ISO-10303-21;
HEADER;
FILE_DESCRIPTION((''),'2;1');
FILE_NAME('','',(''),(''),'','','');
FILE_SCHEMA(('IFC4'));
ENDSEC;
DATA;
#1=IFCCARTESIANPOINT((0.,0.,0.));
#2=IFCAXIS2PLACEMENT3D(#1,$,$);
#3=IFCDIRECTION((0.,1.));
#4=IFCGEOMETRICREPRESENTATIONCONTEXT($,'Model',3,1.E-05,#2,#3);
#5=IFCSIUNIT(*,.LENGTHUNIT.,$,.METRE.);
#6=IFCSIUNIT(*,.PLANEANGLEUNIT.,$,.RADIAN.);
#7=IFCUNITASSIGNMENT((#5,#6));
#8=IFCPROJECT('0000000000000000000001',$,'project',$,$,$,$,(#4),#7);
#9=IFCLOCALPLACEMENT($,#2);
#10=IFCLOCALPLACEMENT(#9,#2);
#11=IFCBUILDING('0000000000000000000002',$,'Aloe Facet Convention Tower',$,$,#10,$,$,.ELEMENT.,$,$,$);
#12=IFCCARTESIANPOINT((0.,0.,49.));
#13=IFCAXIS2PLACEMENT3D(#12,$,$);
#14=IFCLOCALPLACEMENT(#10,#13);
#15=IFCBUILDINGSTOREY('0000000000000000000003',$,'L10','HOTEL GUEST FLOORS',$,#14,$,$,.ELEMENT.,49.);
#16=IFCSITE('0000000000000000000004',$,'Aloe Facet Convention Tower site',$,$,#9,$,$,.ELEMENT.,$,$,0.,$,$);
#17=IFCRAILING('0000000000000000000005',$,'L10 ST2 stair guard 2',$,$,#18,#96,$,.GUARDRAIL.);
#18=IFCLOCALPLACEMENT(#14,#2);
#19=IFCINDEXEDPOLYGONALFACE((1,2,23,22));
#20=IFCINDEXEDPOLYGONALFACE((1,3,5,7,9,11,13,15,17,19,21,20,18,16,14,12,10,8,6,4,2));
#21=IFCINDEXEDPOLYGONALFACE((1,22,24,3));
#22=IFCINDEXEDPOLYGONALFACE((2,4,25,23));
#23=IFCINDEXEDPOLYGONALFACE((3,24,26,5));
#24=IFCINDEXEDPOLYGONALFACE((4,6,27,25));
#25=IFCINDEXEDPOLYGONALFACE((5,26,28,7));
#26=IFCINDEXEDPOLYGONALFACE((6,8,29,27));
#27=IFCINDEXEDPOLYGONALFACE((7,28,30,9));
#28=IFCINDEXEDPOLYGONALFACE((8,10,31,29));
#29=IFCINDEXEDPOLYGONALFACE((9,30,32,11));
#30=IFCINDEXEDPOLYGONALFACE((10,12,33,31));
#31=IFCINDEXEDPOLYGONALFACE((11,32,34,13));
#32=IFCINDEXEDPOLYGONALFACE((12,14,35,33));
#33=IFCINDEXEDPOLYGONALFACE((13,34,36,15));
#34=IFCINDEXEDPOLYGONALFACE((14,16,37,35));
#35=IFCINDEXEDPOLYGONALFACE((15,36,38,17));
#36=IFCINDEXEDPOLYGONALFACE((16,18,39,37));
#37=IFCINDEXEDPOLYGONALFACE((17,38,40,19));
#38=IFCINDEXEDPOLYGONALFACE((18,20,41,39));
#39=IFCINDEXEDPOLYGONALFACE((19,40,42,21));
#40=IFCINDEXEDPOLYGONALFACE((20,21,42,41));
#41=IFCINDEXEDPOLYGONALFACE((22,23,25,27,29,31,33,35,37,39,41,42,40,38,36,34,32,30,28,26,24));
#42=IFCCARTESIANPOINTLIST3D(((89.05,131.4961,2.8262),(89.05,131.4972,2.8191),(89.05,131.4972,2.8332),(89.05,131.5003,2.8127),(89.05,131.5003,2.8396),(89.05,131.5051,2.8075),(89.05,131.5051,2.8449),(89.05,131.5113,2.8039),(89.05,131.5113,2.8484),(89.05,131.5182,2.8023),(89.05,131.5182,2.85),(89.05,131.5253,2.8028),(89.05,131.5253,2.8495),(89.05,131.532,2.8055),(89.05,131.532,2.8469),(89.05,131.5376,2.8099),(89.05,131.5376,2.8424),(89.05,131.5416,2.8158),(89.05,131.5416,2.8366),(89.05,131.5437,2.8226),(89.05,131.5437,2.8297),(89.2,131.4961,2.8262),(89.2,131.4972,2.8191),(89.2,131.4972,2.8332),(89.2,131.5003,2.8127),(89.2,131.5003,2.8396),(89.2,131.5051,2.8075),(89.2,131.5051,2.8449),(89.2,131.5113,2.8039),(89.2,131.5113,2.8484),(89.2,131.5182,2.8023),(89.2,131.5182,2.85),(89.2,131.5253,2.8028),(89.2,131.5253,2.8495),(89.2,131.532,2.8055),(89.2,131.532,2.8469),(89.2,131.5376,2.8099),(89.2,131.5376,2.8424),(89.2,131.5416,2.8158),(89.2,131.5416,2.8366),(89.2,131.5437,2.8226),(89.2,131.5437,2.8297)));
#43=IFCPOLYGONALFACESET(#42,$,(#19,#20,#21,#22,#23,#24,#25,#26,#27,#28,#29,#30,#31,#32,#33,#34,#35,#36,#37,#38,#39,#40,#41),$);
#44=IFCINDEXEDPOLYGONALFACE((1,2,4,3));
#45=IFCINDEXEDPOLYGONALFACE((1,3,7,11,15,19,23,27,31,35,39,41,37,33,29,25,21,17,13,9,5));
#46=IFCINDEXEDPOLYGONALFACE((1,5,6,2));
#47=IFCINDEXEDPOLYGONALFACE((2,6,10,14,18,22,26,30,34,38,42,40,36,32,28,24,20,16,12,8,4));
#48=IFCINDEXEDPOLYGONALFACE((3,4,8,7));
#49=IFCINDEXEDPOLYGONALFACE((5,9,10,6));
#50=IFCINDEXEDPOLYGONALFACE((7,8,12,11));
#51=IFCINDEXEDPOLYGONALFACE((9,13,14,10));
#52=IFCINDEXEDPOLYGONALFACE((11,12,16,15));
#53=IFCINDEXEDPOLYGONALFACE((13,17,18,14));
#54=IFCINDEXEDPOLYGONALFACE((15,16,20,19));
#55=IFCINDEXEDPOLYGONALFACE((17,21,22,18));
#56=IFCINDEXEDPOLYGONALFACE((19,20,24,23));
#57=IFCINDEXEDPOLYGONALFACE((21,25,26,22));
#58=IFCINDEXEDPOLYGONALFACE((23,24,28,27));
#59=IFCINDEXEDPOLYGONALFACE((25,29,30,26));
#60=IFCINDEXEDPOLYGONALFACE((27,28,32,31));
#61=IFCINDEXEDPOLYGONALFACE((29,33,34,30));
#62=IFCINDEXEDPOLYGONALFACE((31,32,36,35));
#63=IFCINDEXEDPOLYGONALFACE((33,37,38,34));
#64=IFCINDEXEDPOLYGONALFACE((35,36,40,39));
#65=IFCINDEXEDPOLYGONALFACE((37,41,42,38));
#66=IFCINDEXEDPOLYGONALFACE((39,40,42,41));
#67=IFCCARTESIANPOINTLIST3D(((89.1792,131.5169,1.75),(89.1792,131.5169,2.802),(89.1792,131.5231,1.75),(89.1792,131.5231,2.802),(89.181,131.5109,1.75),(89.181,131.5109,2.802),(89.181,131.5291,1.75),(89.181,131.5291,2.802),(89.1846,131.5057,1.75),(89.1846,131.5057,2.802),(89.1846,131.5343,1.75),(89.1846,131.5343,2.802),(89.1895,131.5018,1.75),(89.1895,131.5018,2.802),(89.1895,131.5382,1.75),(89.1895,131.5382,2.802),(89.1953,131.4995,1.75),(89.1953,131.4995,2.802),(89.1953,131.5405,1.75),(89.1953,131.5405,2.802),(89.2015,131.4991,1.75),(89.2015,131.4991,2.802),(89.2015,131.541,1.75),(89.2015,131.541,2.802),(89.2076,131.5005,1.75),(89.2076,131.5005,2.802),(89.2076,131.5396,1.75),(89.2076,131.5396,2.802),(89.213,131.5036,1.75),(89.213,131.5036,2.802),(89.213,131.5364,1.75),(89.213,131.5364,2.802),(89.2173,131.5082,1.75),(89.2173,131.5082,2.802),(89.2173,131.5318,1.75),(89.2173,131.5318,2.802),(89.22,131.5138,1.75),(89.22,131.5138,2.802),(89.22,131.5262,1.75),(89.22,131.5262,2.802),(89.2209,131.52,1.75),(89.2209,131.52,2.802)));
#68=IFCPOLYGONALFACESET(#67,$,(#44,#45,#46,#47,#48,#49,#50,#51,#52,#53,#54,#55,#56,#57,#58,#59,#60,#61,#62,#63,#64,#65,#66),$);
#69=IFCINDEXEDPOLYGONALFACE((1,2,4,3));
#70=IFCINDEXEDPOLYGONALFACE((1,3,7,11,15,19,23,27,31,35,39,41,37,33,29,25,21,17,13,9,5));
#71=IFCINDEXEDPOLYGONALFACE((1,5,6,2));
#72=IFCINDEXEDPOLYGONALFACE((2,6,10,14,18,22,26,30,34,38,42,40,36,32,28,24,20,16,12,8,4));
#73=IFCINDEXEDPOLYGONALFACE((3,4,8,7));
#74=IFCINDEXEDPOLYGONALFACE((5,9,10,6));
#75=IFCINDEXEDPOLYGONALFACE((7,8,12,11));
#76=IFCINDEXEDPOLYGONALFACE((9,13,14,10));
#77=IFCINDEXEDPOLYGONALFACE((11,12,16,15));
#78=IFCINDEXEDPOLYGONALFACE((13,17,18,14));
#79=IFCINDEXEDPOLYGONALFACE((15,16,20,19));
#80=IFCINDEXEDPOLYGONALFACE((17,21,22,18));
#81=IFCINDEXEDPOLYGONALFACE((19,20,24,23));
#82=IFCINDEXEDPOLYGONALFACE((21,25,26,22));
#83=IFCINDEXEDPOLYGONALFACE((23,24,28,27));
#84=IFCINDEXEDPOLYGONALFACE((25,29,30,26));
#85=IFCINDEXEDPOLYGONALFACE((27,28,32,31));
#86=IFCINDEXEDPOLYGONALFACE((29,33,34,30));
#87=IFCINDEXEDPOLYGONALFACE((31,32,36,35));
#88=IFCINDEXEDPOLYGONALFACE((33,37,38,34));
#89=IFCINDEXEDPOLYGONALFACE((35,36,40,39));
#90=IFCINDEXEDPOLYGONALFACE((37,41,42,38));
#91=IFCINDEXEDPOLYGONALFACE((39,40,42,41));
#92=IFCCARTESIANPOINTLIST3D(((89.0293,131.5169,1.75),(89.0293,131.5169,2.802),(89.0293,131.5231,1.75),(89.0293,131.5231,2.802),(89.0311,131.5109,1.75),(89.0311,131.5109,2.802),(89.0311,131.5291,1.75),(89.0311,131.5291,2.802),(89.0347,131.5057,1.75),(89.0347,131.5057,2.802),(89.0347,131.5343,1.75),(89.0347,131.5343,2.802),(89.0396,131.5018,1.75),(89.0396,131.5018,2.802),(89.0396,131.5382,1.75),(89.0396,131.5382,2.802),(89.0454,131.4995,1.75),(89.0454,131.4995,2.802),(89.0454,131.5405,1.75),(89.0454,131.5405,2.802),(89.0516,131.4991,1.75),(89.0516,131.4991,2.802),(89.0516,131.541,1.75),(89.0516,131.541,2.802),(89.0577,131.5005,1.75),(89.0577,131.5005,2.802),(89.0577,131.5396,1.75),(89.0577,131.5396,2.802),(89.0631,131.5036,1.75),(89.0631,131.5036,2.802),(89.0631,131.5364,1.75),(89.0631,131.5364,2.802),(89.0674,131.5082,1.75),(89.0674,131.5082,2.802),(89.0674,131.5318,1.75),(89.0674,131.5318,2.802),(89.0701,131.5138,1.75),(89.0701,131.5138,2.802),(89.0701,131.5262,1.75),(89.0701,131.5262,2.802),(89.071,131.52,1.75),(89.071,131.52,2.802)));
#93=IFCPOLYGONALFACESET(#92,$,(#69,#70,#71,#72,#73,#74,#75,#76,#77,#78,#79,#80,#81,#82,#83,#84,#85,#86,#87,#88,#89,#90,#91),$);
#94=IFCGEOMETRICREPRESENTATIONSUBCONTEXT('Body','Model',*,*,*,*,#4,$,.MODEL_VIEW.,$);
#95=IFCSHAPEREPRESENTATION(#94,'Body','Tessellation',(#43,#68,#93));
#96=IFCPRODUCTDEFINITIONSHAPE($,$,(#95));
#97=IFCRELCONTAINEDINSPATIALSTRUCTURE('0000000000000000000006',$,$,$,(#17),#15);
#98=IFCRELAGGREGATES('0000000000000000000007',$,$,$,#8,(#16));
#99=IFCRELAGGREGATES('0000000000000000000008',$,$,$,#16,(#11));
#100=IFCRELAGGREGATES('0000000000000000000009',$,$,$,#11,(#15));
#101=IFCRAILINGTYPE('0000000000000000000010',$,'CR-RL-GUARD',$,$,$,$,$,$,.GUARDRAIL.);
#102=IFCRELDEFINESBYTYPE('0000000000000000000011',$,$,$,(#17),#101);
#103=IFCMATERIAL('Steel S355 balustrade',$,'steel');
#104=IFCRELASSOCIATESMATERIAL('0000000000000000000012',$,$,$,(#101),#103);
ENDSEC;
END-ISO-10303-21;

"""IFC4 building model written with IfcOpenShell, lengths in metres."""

from ifc_helpers import new_model, si_unit, direction, frame, origin, origin_2d, place, context, subcontext, project, spatial, circle, extrude, material, type_object, element, save


model = new_model("IFC4")

# Units and contexts
model_context = context("Model", 3, precision=1e-05, world=origin(), true_north=direction((0.0, 1.0)))
body_context = subcontext(model_context, "Body", "Model", "MODEL_VIEW")
ifc_project = project(units=[si_unit("LENGTHUNIT", "METRE"), si_unit("PLANEANGLEUNIT", "RADIAN")], contexts=[model_context])

# Site, building, storey
site_placement = place(None, origin())
site = spatial("IfcSite", under=ifc_project, at=site_placement, Name="Aloe Facet Convention Tower site", CompositionType="ELEMENT", RefElevation=0.0)
building_placement = place(site_placement, origin())
building = spatial("IfcBuilding", under=site, at=building_placement, Name="Aloe Facet Convention Tower", CompositionType="ELEMENT")
storey_placement = place(building_placement, frame((0.0, 0.0, 49.0)))
storey = spatial("IfcBuildingStorey", under=building, at=storey_placement, Name="L10", Description="HOTEL GUEST FLOORS", CompositionType="ELEMENT", Elevation=49.0)

# Railing
ifc_material_1 = material(Name="Steel S355 balustrade", Category="steel")
railing_type_1 = type_object("IfcRailingType", Name="CR-RL-GUARD", PredefinedType="GUARDRAIL", material=ifc_material_1)
railing_1_placement = place(storey_placement, frame((89.2, 131.52, 1.75)))
element("IfcRailing", 1, at=railing_1_placement, inside=storey, type_object=railing_type_1, Name="L10 ST2 stair guard 2", PredefinedType="GUARDRAIL", context=body_context, shape_type="SweptSolid", body=[
    extrude(circle(Radius=0.0239, at=origin_2d()), frame((0.0, 0.0, 1.0762), z_axis=(-1.0, 0.0, 0.0), x_axis=(0.0, -1.0, 0.0)), (0.0, 0.0, 1.0), 0.1499),
    extrude(circle(Radius=0.021, at=origin_2d()), origin(), (0.0, 0.0, 1.0), 1.052),
    extrude(circle(Radius=0.021, at=origin_2d()), frame((-0.1499, 0.0, 0.0)), (0.0, 0.0, 1.0), 1.052),
])

save(model, "model.ifc")
